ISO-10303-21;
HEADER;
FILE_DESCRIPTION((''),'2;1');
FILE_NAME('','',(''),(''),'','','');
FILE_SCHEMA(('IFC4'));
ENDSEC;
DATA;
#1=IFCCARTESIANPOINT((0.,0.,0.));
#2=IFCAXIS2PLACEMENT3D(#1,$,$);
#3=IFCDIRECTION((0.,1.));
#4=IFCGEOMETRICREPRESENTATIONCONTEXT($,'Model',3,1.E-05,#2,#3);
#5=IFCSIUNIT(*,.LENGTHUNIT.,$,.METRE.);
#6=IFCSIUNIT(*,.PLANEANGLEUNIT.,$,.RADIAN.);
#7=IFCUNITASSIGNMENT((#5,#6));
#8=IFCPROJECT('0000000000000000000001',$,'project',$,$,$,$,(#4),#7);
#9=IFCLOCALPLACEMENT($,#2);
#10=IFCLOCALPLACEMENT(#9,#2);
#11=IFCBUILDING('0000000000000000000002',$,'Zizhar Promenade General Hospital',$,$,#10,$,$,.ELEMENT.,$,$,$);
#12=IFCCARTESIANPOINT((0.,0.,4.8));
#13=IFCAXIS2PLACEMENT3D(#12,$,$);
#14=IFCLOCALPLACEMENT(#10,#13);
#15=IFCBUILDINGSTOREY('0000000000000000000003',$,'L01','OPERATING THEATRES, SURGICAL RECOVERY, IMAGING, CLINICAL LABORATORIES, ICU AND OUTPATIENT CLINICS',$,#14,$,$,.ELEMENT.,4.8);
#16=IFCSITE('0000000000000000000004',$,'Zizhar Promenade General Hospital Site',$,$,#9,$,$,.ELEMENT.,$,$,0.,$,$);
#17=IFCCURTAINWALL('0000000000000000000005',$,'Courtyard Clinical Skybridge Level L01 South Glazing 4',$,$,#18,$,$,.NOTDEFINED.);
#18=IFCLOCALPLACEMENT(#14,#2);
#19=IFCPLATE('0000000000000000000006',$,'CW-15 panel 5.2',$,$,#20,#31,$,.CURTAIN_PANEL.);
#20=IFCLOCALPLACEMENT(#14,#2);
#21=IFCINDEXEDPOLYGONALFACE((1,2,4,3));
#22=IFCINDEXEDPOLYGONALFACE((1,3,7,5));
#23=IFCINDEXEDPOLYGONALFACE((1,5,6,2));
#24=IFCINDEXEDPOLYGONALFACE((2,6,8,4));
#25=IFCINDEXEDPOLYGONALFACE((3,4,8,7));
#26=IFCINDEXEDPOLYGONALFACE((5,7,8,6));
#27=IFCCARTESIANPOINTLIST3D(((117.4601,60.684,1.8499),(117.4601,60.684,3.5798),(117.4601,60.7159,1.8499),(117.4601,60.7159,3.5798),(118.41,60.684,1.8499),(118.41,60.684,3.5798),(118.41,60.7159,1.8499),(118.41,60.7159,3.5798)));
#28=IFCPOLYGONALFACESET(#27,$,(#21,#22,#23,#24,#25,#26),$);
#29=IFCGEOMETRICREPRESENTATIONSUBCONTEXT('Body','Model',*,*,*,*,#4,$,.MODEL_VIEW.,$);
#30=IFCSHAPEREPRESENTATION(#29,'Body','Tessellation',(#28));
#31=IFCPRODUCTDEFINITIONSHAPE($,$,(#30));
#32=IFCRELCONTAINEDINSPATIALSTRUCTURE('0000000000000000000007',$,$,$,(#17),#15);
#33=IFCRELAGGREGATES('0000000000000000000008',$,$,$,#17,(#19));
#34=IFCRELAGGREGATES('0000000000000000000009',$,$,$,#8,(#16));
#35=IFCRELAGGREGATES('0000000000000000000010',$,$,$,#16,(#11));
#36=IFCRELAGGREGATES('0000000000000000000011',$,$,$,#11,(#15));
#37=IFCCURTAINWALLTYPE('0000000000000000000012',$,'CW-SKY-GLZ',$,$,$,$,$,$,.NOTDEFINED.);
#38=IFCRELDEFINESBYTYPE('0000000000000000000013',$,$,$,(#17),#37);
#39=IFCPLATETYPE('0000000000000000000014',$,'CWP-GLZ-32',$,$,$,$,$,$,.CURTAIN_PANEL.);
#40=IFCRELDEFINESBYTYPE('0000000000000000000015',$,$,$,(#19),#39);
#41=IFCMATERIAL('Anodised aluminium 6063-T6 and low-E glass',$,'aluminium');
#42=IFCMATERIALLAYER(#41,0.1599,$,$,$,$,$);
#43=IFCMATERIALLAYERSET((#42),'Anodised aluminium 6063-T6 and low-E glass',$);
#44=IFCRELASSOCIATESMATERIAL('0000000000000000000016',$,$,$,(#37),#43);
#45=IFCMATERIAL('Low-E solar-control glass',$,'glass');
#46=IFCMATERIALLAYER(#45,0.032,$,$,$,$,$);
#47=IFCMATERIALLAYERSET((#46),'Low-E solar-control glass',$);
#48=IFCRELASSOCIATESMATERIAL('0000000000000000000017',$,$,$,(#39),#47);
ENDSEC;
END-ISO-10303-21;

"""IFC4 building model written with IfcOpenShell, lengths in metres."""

from ifc_helpers import new_model, si_unit, direction, frame, origin, origin_2d, place, context, subcontext, project, spatial, rectangle, extrude, material, layer, layer_set, type_object, element, aggregate, save


model = new_model("IFC4")

# Units and contexts
model_context = context("Model", 3, precision=1e-05, world=origin(), true_north=direction((0.0, 1.0)))
body_context = subcontext(model_context, "Body", "Model", "MODEL_VIEW")
ifc_project = project(units=[si_unit("LENGTHUNIT", "METRE"), si_unit("PLANEANGLEUNIT", "RADIAN")], contexts=[model_context])

# Site, building, storey
site_placement = place(None, origin())
site = spatial("IfcSite", under=ifc_project, at=site_placement, Name="Zizhar Promenade General Hospital Site", CompositionType="ELEMENT", RefElevation=0.0)
building_placement = place(site_placement, origin())
building = spatial("IfcBuilding", under=site, at=building_placement, Name="Zizhar Promenade General Hospital", CompositionType="ELEMENT")
storey_placement = place(building_placement, frame((0.0, 0.0, 4.8)))
storey = spatial("IfcBuildingStorey", under=building, at=storey_placement, Name="L01", Description="OPERATING THEATRES, SURGICAL RECOVERY, IMAGING, CLINICAL LABORATORIES, ICU AND OUTPATIENT CLINICS", CompositionType="ELEMENT", Elevation=4.8)

# Shared definitions
ifc_material_1 = material(Name="Anodised aluminium 6063-T6 and low-E glass", Category="aluminium")
ifc_layer_1 = layer(ifc_material_1, 0.1599)
ifc_layer_set_1 = layer_set([ifc_layer_1], Name="Anodised aluminium 6063-T6 and low-E glass")
curtain_wall_type_1 = type_object("IfcCurtainWallType", Name="CW-SKY-GLZ", PredefinedType="NOTDEFINED", material=ifc_layer_set_1)

# Curtain wall
curtain_wall_1_placement = place(storey_placement, origin())
curtain_wall_1 = element("IfcCurtainWall", 1, at=curtain_wall_1_placement, inside=storey, type_object=curtain_wall_type_1, Name="Courtyard Clinical Skybridge Level L01 South Glazing 4", PredefinedType="NOTDEFINED")

# Shared definitions
ifc_material_2 = material(Name="Low-E solar-control glass", Category="glass")
ifc_layer_2 = layer(ifc_material_2, 0.032)
ifc_layer_set_2 = layer_set([ifc_layer_2], Name="Low-E solar-control glass")
plate_type = type_object("IfcPlateType", Name="CWP-GLZ-32", PredefinedType="CURTAIN_PANEL", material=ifc_layer_set_2)

# Plate
plate_1_placement = place(storey_placement, frame((117.9351, 60.7, 1.8499), z_axis=(0.0, 0.0, 1.0), x_axis=(-1.0, 0.0, 0.0)))
plate_1 = element("IfcPlate", 2, at=plate_1_placement, type_object=plate_type, Name="CW-15 panel 5.2", PredefinedType="CURTAIN_PANEL", context=body_context, shape_type="SweptSolid", body=[
    extrude(rectangle(XDim=0.95, YDim=0.032, at=origin_2d()), origin(), (0.0, 0.0, 1.0), 1.73),
])
aggregate(curtain_wall_1, [plate_1])

save(model, "model.ifc")
